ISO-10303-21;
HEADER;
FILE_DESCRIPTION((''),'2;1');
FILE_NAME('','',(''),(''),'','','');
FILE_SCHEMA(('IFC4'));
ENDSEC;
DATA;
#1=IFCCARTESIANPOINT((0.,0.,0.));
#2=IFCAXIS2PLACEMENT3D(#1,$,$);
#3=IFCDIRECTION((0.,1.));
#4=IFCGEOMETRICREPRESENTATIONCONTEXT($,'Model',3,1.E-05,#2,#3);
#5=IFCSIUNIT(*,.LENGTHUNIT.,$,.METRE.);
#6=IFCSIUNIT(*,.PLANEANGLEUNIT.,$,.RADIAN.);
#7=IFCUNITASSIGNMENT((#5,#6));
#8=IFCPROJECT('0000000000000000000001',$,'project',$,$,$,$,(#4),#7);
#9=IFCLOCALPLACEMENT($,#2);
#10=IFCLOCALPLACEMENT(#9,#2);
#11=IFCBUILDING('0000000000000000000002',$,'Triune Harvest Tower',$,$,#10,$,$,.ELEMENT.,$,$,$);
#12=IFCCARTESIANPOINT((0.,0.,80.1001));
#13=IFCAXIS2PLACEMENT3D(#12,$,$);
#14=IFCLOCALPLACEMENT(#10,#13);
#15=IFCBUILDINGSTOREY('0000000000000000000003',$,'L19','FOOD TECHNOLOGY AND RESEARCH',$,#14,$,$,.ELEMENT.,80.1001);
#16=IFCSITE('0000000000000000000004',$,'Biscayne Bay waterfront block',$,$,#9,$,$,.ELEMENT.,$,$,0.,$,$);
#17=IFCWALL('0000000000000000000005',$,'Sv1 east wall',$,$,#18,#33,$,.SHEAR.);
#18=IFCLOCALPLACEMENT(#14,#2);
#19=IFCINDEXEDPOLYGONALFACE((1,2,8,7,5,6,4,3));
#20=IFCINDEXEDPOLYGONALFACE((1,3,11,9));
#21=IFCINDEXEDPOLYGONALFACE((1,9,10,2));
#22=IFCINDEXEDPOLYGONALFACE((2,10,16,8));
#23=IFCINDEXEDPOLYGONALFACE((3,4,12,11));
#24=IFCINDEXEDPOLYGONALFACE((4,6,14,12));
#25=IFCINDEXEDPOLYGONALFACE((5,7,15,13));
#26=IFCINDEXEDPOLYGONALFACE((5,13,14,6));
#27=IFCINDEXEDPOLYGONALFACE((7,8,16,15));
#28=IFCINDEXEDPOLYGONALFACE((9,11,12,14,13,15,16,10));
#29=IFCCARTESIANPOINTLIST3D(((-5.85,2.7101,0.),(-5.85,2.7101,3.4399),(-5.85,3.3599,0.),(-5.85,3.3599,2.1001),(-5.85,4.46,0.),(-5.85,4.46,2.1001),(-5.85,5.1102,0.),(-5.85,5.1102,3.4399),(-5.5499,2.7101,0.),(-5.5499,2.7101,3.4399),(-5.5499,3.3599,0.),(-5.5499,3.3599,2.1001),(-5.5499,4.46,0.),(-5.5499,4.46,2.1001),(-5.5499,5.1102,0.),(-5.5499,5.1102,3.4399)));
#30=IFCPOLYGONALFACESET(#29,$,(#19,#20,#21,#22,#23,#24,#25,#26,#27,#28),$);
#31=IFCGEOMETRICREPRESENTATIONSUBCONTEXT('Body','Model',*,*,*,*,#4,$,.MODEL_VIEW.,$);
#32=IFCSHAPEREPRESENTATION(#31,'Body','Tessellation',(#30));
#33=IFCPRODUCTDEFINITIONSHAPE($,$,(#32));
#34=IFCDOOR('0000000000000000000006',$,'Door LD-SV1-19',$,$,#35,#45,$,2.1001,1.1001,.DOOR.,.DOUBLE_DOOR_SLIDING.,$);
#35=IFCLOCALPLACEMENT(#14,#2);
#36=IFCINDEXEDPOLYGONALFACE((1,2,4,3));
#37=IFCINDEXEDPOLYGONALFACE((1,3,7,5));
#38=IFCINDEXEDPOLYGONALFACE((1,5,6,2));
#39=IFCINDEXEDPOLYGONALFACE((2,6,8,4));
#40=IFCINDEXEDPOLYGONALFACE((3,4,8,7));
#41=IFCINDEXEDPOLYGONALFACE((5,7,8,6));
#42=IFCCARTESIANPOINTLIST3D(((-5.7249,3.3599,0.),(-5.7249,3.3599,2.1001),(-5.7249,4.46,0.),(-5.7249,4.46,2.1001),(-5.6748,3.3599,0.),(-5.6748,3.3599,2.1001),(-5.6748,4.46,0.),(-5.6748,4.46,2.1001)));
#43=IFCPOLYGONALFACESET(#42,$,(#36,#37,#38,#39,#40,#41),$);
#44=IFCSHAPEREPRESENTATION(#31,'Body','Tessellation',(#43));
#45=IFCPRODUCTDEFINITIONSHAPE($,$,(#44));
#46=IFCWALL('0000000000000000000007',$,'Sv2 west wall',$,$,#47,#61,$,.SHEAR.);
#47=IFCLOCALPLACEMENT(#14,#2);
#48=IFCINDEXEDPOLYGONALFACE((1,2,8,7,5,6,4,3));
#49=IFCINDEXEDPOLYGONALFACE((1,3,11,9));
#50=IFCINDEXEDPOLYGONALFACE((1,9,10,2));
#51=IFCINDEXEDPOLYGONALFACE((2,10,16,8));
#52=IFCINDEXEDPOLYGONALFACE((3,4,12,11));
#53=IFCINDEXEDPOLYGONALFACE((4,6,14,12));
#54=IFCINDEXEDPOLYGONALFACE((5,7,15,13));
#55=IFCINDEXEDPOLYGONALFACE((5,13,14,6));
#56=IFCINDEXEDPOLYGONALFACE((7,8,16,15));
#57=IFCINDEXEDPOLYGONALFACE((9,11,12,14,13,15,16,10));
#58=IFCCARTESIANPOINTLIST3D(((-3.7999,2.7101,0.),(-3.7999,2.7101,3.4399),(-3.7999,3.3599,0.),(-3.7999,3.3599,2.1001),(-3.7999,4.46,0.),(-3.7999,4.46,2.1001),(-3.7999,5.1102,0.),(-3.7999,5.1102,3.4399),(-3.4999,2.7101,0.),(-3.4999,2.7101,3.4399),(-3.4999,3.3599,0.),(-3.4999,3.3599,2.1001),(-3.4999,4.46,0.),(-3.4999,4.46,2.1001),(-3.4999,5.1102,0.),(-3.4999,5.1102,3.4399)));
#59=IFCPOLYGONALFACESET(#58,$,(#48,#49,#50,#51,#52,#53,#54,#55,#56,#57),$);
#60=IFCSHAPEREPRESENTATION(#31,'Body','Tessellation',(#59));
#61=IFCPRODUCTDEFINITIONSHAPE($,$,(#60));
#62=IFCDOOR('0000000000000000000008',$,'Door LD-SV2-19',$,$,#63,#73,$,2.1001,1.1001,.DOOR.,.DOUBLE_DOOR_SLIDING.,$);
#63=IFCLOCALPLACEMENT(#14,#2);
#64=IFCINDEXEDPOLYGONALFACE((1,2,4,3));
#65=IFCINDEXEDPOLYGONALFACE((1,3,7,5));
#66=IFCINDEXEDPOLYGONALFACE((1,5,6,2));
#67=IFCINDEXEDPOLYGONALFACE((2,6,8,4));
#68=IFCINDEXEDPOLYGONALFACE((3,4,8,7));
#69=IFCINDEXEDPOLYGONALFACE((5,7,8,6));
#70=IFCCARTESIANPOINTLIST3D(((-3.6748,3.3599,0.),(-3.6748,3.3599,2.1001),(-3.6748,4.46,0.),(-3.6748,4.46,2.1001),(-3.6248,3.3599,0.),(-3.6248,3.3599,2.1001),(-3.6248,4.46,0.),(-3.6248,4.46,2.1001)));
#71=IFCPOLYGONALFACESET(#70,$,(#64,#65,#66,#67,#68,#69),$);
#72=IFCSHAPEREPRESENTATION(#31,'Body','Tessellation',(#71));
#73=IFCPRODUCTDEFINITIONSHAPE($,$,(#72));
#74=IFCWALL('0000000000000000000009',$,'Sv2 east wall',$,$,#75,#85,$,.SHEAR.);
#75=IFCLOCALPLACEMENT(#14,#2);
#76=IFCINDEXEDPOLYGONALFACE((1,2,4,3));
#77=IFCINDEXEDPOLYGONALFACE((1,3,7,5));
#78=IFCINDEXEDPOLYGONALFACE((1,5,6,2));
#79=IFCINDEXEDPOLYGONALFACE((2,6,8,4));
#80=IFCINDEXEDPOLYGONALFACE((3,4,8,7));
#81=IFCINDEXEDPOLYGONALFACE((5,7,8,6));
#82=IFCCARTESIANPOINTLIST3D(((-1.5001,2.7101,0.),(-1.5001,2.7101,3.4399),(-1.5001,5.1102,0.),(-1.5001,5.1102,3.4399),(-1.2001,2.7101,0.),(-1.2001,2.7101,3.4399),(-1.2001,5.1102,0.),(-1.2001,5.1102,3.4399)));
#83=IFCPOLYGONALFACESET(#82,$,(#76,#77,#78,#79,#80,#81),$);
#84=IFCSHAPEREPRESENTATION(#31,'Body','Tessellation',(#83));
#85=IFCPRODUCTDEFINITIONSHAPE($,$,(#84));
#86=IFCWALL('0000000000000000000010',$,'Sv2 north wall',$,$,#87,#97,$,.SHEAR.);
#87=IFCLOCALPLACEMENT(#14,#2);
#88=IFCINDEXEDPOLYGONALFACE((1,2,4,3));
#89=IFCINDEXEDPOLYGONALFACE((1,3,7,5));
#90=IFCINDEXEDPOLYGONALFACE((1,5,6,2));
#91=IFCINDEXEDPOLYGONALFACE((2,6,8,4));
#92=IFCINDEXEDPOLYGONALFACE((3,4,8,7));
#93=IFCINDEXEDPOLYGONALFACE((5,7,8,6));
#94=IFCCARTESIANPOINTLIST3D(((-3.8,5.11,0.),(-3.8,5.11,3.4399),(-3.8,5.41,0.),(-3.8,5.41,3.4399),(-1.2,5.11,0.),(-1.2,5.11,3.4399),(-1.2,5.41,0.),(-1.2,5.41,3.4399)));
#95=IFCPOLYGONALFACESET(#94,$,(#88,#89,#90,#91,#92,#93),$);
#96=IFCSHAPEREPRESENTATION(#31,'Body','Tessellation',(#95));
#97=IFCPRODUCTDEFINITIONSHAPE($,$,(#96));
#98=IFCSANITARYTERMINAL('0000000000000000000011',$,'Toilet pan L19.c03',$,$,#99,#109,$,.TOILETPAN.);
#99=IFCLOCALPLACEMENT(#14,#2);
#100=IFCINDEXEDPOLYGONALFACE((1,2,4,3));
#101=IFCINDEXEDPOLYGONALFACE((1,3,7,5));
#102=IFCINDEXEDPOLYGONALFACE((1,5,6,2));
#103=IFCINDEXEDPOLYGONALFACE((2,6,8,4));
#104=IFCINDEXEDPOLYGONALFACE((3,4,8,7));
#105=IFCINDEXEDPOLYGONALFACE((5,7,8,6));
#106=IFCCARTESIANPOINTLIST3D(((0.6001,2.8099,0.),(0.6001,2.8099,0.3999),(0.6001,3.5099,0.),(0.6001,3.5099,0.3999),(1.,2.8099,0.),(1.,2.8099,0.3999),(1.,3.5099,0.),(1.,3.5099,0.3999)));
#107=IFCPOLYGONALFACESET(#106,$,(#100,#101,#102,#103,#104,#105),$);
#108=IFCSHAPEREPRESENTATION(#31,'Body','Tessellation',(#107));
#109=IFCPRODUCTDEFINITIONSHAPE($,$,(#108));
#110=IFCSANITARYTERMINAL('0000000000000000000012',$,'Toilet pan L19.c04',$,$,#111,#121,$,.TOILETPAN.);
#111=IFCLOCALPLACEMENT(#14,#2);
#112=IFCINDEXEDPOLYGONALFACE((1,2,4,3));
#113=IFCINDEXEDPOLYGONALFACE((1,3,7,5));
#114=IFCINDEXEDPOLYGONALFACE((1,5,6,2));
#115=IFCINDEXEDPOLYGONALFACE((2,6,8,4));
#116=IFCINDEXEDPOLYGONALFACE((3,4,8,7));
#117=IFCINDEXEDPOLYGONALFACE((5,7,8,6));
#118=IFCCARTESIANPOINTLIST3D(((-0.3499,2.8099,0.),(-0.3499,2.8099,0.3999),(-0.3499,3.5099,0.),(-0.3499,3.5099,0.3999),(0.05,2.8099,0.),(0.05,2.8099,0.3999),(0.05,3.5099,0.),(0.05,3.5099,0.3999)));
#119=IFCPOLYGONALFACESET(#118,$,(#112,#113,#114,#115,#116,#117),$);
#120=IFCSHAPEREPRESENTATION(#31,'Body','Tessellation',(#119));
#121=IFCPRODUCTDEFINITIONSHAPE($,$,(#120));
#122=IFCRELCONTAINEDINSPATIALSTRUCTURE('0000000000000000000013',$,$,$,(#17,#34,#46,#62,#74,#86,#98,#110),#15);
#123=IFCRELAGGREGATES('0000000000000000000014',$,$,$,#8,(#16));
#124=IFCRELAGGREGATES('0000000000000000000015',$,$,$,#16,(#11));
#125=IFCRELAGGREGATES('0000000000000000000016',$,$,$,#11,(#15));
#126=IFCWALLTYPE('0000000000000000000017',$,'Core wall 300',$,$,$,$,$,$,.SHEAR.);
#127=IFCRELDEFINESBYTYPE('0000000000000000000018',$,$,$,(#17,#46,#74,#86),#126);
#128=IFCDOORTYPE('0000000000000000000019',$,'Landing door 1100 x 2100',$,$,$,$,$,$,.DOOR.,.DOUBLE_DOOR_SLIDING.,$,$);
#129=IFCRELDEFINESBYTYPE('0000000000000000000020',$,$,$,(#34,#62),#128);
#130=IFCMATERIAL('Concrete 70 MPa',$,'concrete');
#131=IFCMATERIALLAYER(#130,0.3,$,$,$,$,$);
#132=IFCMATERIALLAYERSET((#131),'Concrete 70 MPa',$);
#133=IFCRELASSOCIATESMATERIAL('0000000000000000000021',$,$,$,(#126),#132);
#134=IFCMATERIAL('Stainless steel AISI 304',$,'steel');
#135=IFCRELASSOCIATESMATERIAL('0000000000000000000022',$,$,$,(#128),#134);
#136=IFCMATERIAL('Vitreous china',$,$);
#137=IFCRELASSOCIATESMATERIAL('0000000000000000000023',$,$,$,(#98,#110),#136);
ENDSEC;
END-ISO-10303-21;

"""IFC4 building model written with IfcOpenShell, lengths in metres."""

from ifc_helpers import new_model, si_unit, direction, frame, frame_2d, origin, origin_2d, place, context, subcontext, project, spatial, rectangle, extrude, source, transform, mapped, material, layer, layer_set, type_object, element, fill, save


model = new_model("IFC4")

# Units and contexts
model_context = context("Model", 3, precision=1e-05, world=origin(), true_north=direction((0.0, 1.0)))
body_context = subcontext(model_context, "Body", "Model", "MODEL_VIEW")
ifc_project = project(units=[si_unit("LENGTHUNIT", "METRE"), si_unit("PLANEANGLEUNIT", "RADIAN")], contexts=[model_context])

# Site, building, storey
site_placement = place(None, origin())
site = spatial("IfcSite", under=ifc_project, at=site_placement, Name="Biscayne Bay waterfront block", CompositionType="ELEMENT", RefElevation=0.0)
building_placement = place(site_placement, origin())
building = spatial("IfcBuilding", under=site, at=building_placement, Name="Triune Harvest Tower", CompositionType="ELEMENT")
storey_placement = place(building_placement, frame((0.0, 0.0, 80.1001)))
storey = spatial("IfcBuildingStorey", under=building, at=storey_placement, Name="L19", Description="FOOD TECHNOLOGY AND RESEARCH", CompositionType="ELEMENT", Elevation=80.1001)

# Shared definitions
ifc_material_1 = material(Name="Concrete 70 MPa", Category="concrete")
ifc_layer_1 = layer(ifc_material_1, 0.3)
ifc_layer_set_1 = layer_set([ifc_layer_1], Name="Concrete 70 MPa")
wall_type_1 = type_object("IfcWallType", Name="Core wall 300", PredefinedType="SHEAR", material=ifc_layer_set_1)
ifc_material_2 = material(Name="Stainless steel AISI 304", Category="steel")
door_type_1 = type_object("IfcDoorType", Name="Landing door 1100 x 2100", OperationType="DOUBLE_DOOR_SLIDING", PredefinedType="DOOR", material=ifc_material_2)

# Shared definitions
shared_shape_1 = source(origin(), body_context, "Body", "SweptSolid", [
    extrude(rectangle(XDim=2.4001, YDim=0.3, at=frame_2d((1.2002, 0.0))), origin(), (0.0, 0.0, 1.0), 3.4399),
])

# Walls, openings, doors
wall_1_placement = place(storey_placement, frame((-5.7, 2.71, 0.0), z_axis=(0.0, 0.0, 1.0), x_axis=(0.0, 1.0, 0.0)))
wall_1 = element("IfcWall", 1, at=wall_1_placement, inside=storey, type_object=wall_type_1, Name="Sv1 east wall", PredefinedType="SHEAR", context=body_context, shape_type="MappedRepresentation", body=[
    mapped(shared_shape_1, transform((0.0, 0.0, 0.0), scale=1.0)),
])
opening_1_placement = place(wall_1_placement, frame((0.6499, 0.0, 0.0)))
opening_1 = element("IfcOpeningElement", 2, at=opening_1_placement, cuts=wall_1, PredefinedType="OPENING", context=body_context, shape_type="SweptSolid", body=[
    extrude(rectangle(XDim=1.1001, YDim=2.1001, at=frame_2d((0.55, 1.05))), frame((0.0, 0.1602, 0.0), z_axis=(0.0, -1.0, 0.0), x_axis=(1.0, 0.0, 0.0)), (0.0, 0.0, 1.0), 0.3201),
])
door_1_placement = place(opening_1_placement, origin())
door_1 = element("IfcDoor", 3, at=door_1_placement, inside=storey, type_object=door_type_1, Name="Door LD-SV1-19", OperationType="DOUBLE_DOOR_SLIDING", OverallHeight=2.1001, OverallWidth=1.1001, PredefinedType="DOOR", context=body_context, shape_type="SweptSolid", body=[
    extrude(rectangle(XDim=1.1001, YDim=2.1001, at=frame_2d((0.55, 1.05))), frame((0.0, 0.0249, 0.0), z_axis=(0.0, -1.0, 0.0), x_axis=(1.0, 0.0, 0.0)), (0.0, 0.0, 1.0), 0.05),
])
fill(opening_1, door_1)
wall_2_placement = place(storey_placement, frame((-3.6499, 2.71, 0.0), z_axis=(0.0, 0.0, 1.0), x_axis=(0.0, 1.0, 0.0)))
wall_2 = element("IfcWall", 4, at=wall_2_placement, inside=storey, type_object=wall_type_1, Name="Sv2 west wall", PredefinedType="SHEAR", context=body_context, shape_type="MappedRepresentation", body=[
    mapped(shared_shape_1, transform((0.0, 0.0, 0.0), scale=1.0)),
])
opening_2_placement = place(wall_2_placement, frame((0.6499, 0.0, 0.0)))
opening_2 = element("IfcOpeningElement", 5, at=opening_2_placement, cuts=wall_2, PredefinedType="OPENING", context=body_context, shape_type="SweptSolid", body=[
    extrude(rectangle(XDim=1.1001, YDim=2.1001, at=frame_2d((0.55, 1.05))), frame((0.0, 0.1602, 0.0), z_axis=(0.0, -1.0, 0.0), x_axis=(1.0, 0.0, 0.0)), (0.0, 0.0, 1.0), 0.3201),
])
door_2_placement = place(opening_2_placement, origin())
door_2 = element("IfcDoor", 6, at=door_2_placement, inside=storey, type_object=door_type_1, Name="Door LD-SV2-19", OperationType="DOUBLE_DOOR_SLIDING", OverallHeight=2.1001, OverallWidth=1.1001, PredefinedType="DOOR", context=body_context, shape_type="SweptSolid", body=[
    extrude(rectangle(XDim=1.1001, YDim=2.1001, at=frame_2d((0.55, 1.05))), frame((0.0, 0.0249, 0.0), z_axis=(0.0, -1.0, 0.0), x_axis=(1.0, 0.0, 0.0)), (0.0, 0.0, 1.0), 0.05),
])
fill(opening_2, door_2)

# Walls
wall_3_placement = place(storey_placement, frame((-1.3501, 2.71, 0.0), z_axis=(0.0, 0.0, 1.0), x_axis=(0.0, 1.0, 0.0)))
element("IfcWall", 7, at=wall_3_placement, inside=storey, type_object=wall_type_1, Name="Sv2 east wall", PredefinedType="SHEAR", context=body_context, shape_type="MappedRepresentation", body=[
    mapped(shared_shape_1, transform((0.0, 0.0, 0.0), scale=1.0)),
])
shared_shape_2 = source(origin(), body_context, "Body", "SweptSolid", [
    extrude(rectangle(XDim=2.6001, YDim=0.3, at=frame_2d((1.3, 0.0))), origin(), (0.0, 0.0, 1.0), 3.4399),
])
wall_4_placement = place(storey_placement, frame((-3.8, 5.26, 0.0), z_axis=(0.0, 0.0, 1.0), x_axis=(1.0, 0.0, 0.0)))
element("IfcWall", 8, at=wall_4_placement, inside=storey, type_object=wall_type_1, Name="Sv2 north wall", PredefinedType="SHEAR", context=body_context, shape_type="MappedRepresentation", body=[
    mapped(shared_shape_2, transform((0.0, 0.0, 0.0), scale=1.0)),
])

# Sanitary terminals
ifc_material_3 = material(Name="Vitreous china")
shared_shape_3 = source(origin(), body_context, "Body", "SweptSolid", [
    extrude(rectangle(XDim=0.3999, YDim=0.7, at=origin_2d()), origin(), (0.0, 0.0, 1.0), 0.3999),
])
for number, where, z_axis, x_axis, name in (
    (9, (0.8, 3.1599, 0.0), (0.0, 0.0, 1.0), (-1.0, 0.0, 0.0), "Toilet pan L19.c03"),
    (10, (-0.1499, 3.1599, 0.0), (0.0, 0.0, 1.0), (-1.0, 0.0, 0.0), "Toilet pan L19.c04"),
):
    element("IfcSanitaryTerminal", number, at=place(storey_placement, frame(where, z_axis=z_axis, x_axis=x_axis)), inside=storey, material=ifc_material_3, Name=name, PredefinedType="TOILETPAN", context=body_context, shape_type="MappedRepresentation", body=[
        mapped(shared_shape_3, transform((0.0, 0.0, 0.0), scale=1.0)),
    ])

save(model, "model.ifc")
